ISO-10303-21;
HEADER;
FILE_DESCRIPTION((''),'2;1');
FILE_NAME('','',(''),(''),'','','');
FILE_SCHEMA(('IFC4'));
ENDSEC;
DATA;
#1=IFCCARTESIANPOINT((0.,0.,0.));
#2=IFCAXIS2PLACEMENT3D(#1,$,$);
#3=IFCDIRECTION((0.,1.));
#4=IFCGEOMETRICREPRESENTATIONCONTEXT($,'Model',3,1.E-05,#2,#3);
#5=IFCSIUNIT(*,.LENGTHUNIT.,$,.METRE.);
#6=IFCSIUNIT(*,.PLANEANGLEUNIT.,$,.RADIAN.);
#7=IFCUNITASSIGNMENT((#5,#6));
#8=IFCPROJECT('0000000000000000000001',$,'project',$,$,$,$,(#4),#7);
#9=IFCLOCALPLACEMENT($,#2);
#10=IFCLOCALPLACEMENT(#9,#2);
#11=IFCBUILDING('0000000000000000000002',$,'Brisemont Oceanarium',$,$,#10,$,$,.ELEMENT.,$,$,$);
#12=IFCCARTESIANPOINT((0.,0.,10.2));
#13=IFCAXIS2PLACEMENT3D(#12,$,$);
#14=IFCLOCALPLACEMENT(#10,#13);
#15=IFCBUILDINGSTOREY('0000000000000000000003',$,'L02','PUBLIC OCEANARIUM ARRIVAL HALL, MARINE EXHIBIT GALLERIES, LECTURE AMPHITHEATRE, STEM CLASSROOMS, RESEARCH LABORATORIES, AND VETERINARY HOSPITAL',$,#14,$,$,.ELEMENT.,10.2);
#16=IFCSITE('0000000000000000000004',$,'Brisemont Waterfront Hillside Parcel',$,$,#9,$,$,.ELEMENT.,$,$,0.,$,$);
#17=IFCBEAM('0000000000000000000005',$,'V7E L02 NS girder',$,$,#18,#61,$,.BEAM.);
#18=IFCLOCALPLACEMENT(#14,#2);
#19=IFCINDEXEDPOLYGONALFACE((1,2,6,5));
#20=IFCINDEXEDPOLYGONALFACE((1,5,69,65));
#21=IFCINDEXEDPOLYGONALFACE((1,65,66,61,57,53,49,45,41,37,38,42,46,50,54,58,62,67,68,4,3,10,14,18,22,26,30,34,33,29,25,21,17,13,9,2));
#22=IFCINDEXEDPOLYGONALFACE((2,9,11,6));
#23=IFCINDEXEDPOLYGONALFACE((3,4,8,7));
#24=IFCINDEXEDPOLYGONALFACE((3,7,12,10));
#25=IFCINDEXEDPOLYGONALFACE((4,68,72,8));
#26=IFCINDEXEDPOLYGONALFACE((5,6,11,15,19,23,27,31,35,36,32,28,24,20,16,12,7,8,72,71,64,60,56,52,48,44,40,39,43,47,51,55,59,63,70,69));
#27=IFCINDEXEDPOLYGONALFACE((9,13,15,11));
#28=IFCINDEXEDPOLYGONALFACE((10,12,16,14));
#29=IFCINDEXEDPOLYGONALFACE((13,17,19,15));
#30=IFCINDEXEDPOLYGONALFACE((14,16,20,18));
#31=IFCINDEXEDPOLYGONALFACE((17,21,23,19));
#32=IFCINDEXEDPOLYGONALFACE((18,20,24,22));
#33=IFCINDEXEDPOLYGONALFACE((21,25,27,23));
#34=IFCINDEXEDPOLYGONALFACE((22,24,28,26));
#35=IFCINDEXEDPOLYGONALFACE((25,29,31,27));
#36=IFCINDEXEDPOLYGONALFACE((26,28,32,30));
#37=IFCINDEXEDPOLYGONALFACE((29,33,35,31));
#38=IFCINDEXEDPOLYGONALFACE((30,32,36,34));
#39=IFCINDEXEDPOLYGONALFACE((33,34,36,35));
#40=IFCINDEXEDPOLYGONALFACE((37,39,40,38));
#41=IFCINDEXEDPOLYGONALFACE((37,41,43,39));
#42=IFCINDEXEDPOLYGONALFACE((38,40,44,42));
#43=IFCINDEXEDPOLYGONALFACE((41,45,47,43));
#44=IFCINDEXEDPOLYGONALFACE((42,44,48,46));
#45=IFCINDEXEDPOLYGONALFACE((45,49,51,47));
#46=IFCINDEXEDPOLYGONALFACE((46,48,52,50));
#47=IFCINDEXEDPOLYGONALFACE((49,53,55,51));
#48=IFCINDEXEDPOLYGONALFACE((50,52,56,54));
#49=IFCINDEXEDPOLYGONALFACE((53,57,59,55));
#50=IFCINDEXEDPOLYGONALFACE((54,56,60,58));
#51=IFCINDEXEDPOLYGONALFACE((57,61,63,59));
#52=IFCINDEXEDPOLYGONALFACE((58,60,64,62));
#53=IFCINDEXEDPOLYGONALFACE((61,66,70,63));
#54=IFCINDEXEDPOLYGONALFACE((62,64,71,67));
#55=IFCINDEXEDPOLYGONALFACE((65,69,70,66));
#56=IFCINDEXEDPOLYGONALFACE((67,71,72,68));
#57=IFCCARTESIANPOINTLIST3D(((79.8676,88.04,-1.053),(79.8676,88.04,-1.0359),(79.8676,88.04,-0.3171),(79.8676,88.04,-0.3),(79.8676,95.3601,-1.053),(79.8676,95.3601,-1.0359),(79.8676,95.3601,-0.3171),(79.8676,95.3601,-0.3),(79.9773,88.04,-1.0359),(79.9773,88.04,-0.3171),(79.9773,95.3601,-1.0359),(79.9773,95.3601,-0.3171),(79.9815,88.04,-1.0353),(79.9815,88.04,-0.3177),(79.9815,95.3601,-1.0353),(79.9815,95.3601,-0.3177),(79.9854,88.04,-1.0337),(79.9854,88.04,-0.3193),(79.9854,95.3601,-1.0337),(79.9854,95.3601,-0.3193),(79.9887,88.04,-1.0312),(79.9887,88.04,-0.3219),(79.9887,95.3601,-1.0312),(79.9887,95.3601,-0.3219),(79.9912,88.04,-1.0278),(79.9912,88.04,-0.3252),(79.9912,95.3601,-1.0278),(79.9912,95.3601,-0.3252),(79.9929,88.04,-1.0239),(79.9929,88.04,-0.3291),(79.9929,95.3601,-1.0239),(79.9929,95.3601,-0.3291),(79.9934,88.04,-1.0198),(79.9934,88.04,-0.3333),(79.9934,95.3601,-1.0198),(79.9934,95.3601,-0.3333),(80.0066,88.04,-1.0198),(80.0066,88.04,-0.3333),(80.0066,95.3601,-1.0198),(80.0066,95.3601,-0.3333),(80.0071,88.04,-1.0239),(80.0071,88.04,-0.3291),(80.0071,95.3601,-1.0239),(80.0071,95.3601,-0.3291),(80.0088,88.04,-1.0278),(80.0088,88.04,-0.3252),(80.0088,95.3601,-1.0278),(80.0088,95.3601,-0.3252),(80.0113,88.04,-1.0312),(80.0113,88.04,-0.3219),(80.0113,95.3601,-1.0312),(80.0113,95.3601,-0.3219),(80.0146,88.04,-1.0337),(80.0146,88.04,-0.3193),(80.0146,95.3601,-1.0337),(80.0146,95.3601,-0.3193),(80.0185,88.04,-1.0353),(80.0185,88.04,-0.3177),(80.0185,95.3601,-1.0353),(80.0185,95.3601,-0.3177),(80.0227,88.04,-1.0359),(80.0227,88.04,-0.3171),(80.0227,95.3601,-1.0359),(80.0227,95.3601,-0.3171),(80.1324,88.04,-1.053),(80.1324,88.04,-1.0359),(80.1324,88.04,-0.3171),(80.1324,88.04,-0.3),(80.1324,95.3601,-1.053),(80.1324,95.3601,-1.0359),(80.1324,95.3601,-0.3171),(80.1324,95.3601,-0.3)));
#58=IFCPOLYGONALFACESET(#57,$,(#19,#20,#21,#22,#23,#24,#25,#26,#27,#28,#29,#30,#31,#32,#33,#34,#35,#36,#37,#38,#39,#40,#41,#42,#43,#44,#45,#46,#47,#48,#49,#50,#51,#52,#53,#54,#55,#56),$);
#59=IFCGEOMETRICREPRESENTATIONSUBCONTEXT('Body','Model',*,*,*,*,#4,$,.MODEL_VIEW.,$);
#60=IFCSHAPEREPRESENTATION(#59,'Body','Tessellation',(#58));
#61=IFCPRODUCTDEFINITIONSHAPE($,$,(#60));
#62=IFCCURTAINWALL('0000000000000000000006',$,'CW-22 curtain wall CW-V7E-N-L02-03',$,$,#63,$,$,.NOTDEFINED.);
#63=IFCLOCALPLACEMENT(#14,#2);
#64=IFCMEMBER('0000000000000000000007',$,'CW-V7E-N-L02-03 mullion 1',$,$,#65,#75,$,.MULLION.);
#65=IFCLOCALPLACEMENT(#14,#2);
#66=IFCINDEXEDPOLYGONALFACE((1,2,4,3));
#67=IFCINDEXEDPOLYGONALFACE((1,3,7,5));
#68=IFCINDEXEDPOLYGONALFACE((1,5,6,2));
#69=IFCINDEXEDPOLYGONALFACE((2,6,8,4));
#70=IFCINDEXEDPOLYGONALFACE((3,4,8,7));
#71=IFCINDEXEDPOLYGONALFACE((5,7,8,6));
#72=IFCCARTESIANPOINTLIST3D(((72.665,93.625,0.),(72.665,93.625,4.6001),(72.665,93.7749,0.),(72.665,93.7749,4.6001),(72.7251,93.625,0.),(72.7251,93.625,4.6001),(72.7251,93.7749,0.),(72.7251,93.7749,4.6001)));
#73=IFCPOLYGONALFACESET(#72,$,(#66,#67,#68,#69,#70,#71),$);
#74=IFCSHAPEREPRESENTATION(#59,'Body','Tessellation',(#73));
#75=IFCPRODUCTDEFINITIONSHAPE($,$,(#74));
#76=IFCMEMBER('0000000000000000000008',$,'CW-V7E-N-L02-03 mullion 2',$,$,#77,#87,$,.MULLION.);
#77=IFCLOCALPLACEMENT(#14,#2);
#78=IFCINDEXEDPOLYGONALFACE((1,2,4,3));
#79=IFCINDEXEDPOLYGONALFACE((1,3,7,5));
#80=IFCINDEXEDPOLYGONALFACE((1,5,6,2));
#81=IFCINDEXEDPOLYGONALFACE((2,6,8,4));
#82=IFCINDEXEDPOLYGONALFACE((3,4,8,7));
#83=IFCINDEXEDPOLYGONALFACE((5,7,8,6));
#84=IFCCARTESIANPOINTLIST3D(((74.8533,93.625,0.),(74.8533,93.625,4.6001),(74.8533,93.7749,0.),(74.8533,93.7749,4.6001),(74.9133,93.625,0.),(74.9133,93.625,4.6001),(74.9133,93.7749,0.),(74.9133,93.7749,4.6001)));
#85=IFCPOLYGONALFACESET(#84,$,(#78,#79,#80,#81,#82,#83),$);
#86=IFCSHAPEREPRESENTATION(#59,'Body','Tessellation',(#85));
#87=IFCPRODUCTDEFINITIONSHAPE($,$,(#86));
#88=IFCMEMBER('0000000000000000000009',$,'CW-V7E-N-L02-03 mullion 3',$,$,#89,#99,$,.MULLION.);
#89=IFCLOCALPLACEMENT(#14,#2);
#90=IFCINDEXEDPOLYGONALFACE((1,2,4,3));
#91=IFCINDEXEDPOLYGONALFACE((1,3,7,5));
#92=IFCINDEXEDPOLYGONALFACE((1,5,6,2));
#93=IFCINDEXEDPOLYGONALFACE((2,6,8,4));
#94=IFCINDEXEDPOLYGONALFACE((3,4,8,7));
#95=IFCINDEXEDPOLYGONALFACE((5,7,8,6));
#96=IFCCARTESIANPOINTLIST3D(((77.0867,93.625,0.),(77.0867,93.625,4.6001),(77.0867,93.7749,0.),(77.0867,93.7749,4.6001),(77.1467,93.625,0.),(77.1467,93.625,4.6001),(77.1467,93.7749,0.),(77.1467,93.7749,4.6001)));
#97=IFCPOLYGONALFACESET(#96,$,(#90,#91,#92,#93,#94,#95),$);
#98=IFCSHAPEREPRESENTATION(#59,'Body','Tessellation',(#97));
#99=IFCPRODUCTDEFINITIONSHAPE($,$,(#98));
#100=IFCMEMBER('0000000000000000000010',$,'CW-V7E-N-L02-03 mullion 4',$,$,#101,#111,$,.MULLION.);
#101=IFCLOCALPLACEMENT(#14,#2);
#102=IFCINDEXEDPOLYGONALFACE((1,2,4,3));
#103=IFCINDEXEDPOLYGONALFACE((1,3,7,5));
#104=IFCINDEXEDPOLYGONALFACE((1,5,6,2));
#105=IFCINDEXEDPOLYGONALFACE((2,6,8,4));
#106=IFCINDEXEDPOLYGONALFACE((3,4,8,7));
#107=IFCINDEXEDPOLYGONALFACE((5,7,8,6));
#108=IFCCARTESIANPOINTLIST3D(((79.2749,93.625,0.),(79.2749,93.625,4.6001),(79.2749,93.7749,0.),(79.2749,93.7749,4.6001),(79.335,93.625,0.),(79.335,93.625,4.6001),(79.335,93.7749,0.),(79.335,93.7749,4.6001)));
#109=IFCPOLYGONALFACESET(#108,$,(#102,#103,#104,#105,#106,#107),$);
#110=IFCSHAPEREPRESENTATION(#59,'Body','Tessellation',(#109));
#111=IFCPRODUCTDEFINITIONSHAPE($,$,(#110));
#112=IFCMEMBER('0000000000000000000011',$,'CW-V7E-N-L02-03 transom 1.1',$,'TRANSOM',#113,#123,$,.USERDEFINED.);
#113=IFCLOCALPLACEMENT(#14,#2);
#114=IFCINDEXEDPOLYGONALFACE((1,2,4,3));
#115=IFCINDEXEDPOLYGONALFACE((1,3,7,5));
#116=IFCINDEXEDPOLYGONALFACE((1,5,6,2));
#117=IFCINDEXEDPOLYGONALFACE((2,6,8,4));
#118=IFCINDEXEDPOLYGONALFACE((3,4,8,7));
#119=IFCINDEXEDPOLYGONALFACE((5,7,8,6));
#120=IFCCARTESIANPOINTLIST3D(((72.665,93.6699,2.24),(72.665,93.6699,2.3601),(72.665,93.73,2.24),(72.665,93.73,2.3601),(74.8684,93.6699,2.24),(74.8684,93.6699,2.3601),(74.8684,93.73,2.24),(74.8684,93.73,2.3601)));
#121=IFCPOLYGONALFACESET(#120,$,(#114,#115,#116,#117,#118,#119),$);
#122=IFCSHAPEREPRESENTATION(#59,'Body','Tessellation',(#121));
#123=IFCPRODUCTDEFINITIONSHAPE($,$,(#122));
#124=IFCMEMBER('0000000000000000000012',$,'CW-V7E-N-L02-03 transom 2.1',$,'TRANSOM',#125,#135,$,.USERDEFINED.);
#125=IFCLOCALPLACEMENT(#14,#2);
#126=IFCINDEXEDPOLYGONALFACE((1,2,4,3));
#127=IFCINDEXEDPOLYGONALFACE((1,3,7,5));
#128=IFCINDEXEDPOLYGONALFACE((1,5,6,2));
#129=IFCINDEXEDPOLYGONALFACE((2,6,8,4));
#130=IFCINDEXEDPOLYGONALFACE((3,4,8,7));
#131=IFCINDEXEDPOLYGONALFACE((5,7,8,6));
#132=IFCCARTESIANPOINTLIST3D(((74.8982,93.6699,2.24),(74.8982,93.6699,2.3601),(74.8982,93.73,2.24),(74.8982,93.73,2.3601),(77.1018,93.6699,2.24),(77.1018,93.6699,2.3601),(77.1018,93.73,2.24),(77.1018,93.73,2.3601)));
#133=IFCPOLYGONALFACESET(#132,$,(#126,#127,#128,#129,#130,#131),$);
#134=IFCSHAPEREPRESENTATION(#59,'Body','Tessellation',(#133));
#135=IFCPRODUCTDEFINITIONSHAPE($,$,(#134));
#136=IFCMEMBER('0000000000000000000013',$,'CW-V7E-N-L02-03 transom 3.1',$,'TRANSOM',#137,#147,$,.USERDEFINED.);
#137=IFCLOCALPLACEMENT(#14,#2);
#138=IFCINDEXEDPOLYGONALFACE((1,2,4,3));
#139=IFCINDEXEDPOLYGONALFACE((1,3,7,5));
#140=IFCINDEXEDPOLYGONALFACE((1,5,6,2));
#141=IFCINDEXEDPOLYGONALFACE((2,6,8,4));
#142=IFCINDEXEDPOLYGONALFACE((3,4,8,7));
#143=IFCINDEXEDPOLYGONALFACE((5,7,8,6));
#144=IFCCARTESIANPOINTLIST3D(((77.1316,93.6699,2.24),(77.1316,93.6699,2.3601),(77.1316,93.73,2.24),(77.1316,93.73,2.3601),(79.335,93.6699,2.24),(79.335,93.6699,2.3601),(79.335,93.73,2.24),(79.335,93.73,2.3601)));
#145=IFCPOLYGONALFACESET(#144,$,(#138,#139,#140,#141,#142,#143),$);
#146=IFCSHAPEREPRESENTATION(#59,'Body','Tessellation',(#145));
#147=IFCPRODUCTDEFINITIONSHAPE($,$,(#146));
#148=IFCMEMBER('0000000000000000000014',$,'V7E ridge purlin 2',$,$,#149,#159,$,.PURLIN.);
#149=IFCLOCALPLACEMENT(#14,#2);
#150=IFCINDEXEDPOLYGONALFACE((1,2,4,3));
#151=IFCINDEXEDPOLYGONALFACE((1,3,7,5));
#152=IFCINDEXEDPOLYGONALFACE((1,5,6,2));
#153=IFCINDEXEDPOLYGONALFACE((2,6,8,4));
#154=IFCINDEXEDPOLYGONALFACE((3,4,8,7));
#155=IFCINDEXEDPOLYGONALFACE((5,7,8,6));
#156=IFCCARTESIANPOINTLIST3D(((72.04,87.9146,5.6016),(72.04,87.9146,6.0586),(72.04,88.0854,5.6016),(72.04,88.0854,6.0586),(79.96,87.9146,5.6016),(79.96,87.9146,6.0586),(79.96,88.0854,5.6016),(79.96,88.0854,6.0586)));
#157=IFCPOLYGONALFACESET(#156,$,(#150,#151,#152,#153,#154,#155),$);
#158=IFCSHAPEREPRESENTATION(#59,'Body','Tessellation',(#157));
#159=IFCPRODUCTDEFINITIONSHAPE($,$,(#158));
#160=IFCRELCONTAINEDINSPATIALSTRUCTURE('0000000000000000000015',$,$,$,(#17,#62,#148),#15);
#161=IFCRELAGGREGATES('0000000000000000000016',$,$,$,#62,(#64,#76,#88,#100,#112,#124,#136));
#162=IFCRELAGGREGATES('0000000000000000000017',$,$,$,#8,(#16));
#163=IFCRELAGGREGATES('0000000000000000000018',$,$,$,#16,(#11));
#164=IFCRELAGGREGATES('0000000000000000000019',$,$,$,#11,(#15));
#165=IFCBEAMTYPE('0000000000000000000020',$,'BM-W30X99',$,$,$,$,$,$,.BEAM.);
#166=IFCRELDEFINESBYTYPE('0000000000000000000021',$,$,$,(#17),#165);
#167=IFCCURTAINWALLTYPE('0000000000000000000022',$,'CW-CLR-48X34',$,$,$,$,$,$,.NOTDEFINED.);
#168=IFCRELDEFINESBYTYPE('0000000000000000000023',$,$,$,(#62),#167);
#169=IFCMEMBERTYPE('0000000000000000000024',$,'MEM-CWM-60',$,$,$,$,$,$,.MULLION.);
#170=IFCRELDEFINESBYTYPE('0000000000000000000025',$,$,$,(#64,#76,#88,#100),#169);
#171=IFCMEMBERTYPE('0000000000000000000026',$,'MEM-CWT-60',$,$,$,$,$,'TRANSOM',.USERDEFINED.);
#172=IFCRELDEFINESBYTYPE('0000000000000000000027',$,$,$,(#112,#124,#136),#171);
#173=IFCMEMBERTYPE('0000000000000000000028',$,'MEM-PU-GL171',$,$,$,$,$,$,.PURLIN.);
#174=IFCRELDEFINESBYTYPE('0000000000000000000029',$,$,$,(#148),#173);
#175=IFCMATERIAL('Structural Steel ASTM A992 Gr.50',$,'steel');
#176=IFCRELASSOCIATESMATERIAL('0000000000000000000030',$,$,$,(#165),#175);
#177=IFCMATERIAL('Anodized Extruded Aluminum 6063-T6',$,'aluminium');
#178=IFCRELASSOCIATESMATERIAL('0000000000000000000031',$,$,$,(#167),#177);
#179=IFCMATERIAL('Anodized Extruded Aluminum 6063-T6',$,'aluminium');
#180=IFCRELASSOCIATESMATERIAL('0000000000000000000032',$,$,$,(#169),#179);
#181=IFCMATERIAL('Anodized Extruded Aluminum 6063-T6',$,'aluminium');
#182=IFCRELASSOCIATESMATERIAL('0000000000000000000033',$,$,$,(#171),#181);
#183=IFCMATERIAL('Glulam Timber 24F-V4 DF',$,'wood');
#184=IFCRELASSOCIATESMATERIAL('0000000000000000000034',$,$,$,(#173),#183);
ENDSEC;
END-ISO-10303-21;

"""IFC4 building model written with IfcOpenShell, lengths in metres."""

from ifc_helpers import new_model, si_unit, direction, frame, origin, origin_2d, place, context, subcontext, project, spatial, rectangle, i_section, extrude, material, material_profile, profile_set, type_object, element, aggregate, save


model = new_model("IFC4")

# Units and contexts
model_context = context("Model", 3, precision=1e-05, world=origin(), true_north=direction((0.0, 1.0)))
body_context = subcontext(model_context, "Body", "Model", "MODEL_VIEW")
ifc_project = project(units=[si_unit("LENGTHUNIT", "METRE"), si_unit("PLANEANGLEUNIT", "RADIAN")], contexts=[model_context])

# Site, building, storey
site_placement = place(None, origin())
site = spatial("IfcSite", under=ifc_project, at=site_placement, Name="Brisemont Waterfront Hillside Parcel", CompositionType="ELEMENT", RefElevation=0.0)
building_placement = place(site_placement, origin())
building = spatial("IfcBuilding", under=site, at=building_placement, Name="Brisemont Oceanarium", CompositionType="ELEMENT")
storey_placement = place(building_placement, frame((0.0, 0.0, 10.2)))
storey = spatial("IfcBuildingStorey", under=building, at=storey_placement, Name="L02", Description="PUBLIC OCEANARIUM ARRIVAL HALL, MARINE EXHIBIT GALLERIES, LECTURE AMPHITHEATRE, STEM CLASSROOMS, RESEARCH LABORATORIES, AND VETERINARY HOSPITAL", CompositionType="ELEMENT", Elevation=10.2)

# Beam
ifc_material_1 = material(Name="Structural Steel ASTM A992 Gr.50", Category="steel")
ifc_material_profile_1 = material_profile(ifc_material_1, i_section(OverallWidth=0.2649, OverallDepth=0.7529, WebThickness=0.0132, FlangeThickness=0.0171, FilletRadius=0.0161, at=origin_2d()), Name="W30X99")
ifc_profile_set_1 = profile_set([ifc_material_profile_1], Name="Structural Steel ASTM A992 Gr.50")
beam_type_1 = type_object("IfcBeamType", Name="BM-W30X99", PredefinedType="BEAM", material=ifc_profile_set_1)
beam_1_placement = place(storey_placement, frame((80.0, 88.04, -0.6765), z_axis=(0.0, 1.0, 0.0), x_axis=(-1.0, 0.0, 0.0)))
element("IfcBeam", 1, at=beam_1_placement, inside=storey, type_object=beam_type_1, Name="V7E L02 NS girder", PredefinedType="BEAM", context=body_context, shape_type="SweptSolid", body=[
    extrude(i_section(OverallWidth=0.2649, OverallDepth=0.7529, WebThickness=0.0132, FlangeThickness=0.0171, FilletRadius=0.0161, at=origin_2d()), origin(), (0.0, 0.0, 1.0), 7.3201),
])

# Curtain wall, members
ifc_material_2 = material(Name="Anodized Extruded Aluminum 6063-T6", Category="aluminium")
curtain_wall_type = type_object("IfcCurtainWallType", Name="CW-CLR-48X34", PredefinedType="NOTDEFINED", material=ifc_material_2)
curtain_wall_placement = place(storey_placement, origin())
curtain_wall = element("IfcCurtainWall", 2, at=curtain_wall_placement, inside=storey, type_object=curtain_wall_type, Name="CW-22 curtain wall CW-V7E-N-L02-03", PredefinedType="NOTDEFINED")
ifc_material_3 = material(Name="Anodized Extruded Aluminum 6063-T6", Category="aluminium")
ifc_material_profile_2 = material_profile(ifc_material_3, rectangle(XDim=0.0601, YDim=0.1499, at=origin_2d()), Name="CWM-60X150")
ifc_profile_set_2 = profile_set([ifc_material_profile_2], Name="Anodized Extruded Aluminum 6063-T6")
member_type_1 = type_object("IfcMemberType", Name="MEM-CWM-60", PredefinedType="MULLION", material=ifc_profile_set_2)
member_1_placement = place(storey_placement, frame((72.6951, 93.7, 0.0), z_axis=(0.0, 0.0, 1.0), x_axis=(1.0, 0.0, 0.0)))
member_1 = element("IfcMember", 3, at=member_1_placement, type_object=member_type_1, Name="CW-V7E-N-L02-03 mullion 1", PredefinedType="MULLION", context=body_context, shape_type="SweptSolid", body=[
    extrude(rectangle(XDim=0.0601, YDim=0.1499, at=origin_2d()), origin(), (0.0, 0.0, 1.0), 4.6001),
])
member_2_placement = place(storey_placement, frame((74.8833, 93.7, 0.0), z_axis=(0.0, 0.0, 1.0), x_axis=(1.0, 0.0, 0.0)))
member_2 = element("IfcMember", 4, at=member_2_placement, type_object=member_type_1, Name="CW-V7E-N-L02-03 mullion 2", PredefinedType="MULLION", context=body_context, shape_type="SweptSolid", body=[
    extrude(rectangle(XDim=0.0601, YDim=0.1499, at=origin_2d()), origin(), (0.0, 0.0, 1.0), 4.6001),
])
member_3_placement = place(storey_placement, frame((77.1167, 93.7, 0.0), z_axis=(0.0, 0.0, 1.0), x_axis=(1.0, 0.0, 0.0)))
member_3 = element("IfcMember", 5, at=member_3_placement, type_object=member_type_1, Name="CW-V7E-N-L02-03 mullion 3", PredefinedType="MULLION", context=body_context, shape_type="SweptSolid", body=[
    extrude(rectangle(XDim=0.0601, YDim=0.1499, at=origin_2d()), origin(), (0.0, 0.0, 1.0), 4.6001),
])
member_4_placement = place(storey_placement, frame((79.3049, 93.7, 0.0), z_axis=(0.0, 0.0, 1.0), x_axis=(1.0, 0.0, 0.0)))
member_4 = element("IfcMember", 6, at=member_4_placement, type_object=member_type_1, Name="CW-V7E-N-L02-03 mullion 4", PredefinedType="MULLION", context=body_context, shape_type="SweptSolid", body=[
    extrude(rectangle(XDim=0.0601, YDim=0.1499, at=origin_2d()), origin(), (0.0, 0.0, 1.0), 4.6001),
])
ifc_material_4 = material(Name="Anodized Extruded Aluminum 6063-T6", Category="aluminium")
ifc_material_profile_3 = material_profile(ifc_material_4, rectangle(XDim=0.0601, YDim=0.1201, at=origin_2d()), Name="CWT-60X120")
ifc_profile_set_3 = profile_set([ifc_material_profile_3], Name="Anodized Extruded Aluminum 6063-T6")
member_type_2 = type_object("IfcMemberType", Name="MEM-CWT-60", ElementType="TRANSOM", PredefinedType="USERDEFINED", material=ifc_profile_set_3)
member_5_placement = place(storey_placement, frame((72.665, 93.7, 2.3), z_axis=(1.0, 0.0, 0.0), x_axis=(0.0, 1.0, 0.0)))
member_5 = element("IfcMember", 7, at=member_5_placement, type_object=member_type_2, Name="CW-V7E-N-L02-03 transom 1.1", ObjectType="TRANSOM", PredefinedType="USERDEFINED", context=body_context, shape_type="SweptSolid", body=[
    extrude(rectangle(XDim=0.0601, YDim=0.1201, at=origin_2d()), origin(), (0.0, 0.0, 1.0), 2.2034),
])
member_6_placement = place(storey_placement, frame((74.8982, 93.7, 2.3), z_axis=(1.0, 0.0, 0.0), x_axis=(0.0, 1.0, 0.0)))
member_6 = element("IfcMember", 8, at=member_6_placement, type_object=member_type_2, Name="CW-V7E-N-L02-03 transom 2.1", ObjectType="TRANSOM", PredefinedType="USERDEFINED", context=body_context, shape_type="SweptSolid", body=[
    extrude(rectangle(XDim=0.0601, YDim=0.1201, at=origin_2d()), origin(), (0.0, 0.0, 1.0), 2.2036),
])
member_7_placement = place(storey_placement, frame((77.1316, 93.7, 2.3), z_axis=(1.0, 0.0, 0.0), x_axis=(0.0, 1.0, 0.0)))
member_7 = element("IfcMember", 9, at=member_7_placement, type_object=member_type_2, Name="CW-V7E-N-L02-03 transom 3.1", ObjectType="TRANSOM", PredefinedType="USERDEFINED", context=body_context, shape_type="SweptSolid", body=[
    extrude(rectangle(XDim=0.0601, YDim=0.1201, at=origin_2d()), origin(), (0.0, 0.0, 1.0), 2.2034),
])

# Member
ifc_material_5 = material(Name="Glulam Timber 24F-V4 DF", Category="wood")
ifc_material_profile_4 = material_profile(ifc_material_5, rectangle(XDim=0.1709, YDim=0.457, at=origin_2d()), Name="GL-171X457")
ifc_profile_set_4 = profile_set([ifc_material_profile_4], Name="Glulam Timber 24F-V4 DF")
member_type_3 = type_object("IfcMemberType", Name="MEM-PU-GL171", PredefinedType="PURLIN", material=ifc_profile_set_4)
member_8_placement = place(storey_placement, frame((72.04, 88.0, 5.8301), z_axis=(1.0, 0.0, 0.0), x_axis=(0.0, 1.0, 0.0)))
element("IfcMember", 10, at=member_8_placement, inside=storey, type_object=member_type_3, Name="V7E ridge purlin 2", PredefinedType="PURLIN", context=body_context, shape_type="SweptSolid", body=[
    extrude(rectangle(XDim=0.1709, YDim=0.457, at=origin_2d()), origin(), (0.0, 0.0, 1.0), 7.9199),
])

aggregate(curtain_wall, [member_1, member_2, member_3, member_4, member_5, member_6, member_7])

save(model, "model.ifc")
